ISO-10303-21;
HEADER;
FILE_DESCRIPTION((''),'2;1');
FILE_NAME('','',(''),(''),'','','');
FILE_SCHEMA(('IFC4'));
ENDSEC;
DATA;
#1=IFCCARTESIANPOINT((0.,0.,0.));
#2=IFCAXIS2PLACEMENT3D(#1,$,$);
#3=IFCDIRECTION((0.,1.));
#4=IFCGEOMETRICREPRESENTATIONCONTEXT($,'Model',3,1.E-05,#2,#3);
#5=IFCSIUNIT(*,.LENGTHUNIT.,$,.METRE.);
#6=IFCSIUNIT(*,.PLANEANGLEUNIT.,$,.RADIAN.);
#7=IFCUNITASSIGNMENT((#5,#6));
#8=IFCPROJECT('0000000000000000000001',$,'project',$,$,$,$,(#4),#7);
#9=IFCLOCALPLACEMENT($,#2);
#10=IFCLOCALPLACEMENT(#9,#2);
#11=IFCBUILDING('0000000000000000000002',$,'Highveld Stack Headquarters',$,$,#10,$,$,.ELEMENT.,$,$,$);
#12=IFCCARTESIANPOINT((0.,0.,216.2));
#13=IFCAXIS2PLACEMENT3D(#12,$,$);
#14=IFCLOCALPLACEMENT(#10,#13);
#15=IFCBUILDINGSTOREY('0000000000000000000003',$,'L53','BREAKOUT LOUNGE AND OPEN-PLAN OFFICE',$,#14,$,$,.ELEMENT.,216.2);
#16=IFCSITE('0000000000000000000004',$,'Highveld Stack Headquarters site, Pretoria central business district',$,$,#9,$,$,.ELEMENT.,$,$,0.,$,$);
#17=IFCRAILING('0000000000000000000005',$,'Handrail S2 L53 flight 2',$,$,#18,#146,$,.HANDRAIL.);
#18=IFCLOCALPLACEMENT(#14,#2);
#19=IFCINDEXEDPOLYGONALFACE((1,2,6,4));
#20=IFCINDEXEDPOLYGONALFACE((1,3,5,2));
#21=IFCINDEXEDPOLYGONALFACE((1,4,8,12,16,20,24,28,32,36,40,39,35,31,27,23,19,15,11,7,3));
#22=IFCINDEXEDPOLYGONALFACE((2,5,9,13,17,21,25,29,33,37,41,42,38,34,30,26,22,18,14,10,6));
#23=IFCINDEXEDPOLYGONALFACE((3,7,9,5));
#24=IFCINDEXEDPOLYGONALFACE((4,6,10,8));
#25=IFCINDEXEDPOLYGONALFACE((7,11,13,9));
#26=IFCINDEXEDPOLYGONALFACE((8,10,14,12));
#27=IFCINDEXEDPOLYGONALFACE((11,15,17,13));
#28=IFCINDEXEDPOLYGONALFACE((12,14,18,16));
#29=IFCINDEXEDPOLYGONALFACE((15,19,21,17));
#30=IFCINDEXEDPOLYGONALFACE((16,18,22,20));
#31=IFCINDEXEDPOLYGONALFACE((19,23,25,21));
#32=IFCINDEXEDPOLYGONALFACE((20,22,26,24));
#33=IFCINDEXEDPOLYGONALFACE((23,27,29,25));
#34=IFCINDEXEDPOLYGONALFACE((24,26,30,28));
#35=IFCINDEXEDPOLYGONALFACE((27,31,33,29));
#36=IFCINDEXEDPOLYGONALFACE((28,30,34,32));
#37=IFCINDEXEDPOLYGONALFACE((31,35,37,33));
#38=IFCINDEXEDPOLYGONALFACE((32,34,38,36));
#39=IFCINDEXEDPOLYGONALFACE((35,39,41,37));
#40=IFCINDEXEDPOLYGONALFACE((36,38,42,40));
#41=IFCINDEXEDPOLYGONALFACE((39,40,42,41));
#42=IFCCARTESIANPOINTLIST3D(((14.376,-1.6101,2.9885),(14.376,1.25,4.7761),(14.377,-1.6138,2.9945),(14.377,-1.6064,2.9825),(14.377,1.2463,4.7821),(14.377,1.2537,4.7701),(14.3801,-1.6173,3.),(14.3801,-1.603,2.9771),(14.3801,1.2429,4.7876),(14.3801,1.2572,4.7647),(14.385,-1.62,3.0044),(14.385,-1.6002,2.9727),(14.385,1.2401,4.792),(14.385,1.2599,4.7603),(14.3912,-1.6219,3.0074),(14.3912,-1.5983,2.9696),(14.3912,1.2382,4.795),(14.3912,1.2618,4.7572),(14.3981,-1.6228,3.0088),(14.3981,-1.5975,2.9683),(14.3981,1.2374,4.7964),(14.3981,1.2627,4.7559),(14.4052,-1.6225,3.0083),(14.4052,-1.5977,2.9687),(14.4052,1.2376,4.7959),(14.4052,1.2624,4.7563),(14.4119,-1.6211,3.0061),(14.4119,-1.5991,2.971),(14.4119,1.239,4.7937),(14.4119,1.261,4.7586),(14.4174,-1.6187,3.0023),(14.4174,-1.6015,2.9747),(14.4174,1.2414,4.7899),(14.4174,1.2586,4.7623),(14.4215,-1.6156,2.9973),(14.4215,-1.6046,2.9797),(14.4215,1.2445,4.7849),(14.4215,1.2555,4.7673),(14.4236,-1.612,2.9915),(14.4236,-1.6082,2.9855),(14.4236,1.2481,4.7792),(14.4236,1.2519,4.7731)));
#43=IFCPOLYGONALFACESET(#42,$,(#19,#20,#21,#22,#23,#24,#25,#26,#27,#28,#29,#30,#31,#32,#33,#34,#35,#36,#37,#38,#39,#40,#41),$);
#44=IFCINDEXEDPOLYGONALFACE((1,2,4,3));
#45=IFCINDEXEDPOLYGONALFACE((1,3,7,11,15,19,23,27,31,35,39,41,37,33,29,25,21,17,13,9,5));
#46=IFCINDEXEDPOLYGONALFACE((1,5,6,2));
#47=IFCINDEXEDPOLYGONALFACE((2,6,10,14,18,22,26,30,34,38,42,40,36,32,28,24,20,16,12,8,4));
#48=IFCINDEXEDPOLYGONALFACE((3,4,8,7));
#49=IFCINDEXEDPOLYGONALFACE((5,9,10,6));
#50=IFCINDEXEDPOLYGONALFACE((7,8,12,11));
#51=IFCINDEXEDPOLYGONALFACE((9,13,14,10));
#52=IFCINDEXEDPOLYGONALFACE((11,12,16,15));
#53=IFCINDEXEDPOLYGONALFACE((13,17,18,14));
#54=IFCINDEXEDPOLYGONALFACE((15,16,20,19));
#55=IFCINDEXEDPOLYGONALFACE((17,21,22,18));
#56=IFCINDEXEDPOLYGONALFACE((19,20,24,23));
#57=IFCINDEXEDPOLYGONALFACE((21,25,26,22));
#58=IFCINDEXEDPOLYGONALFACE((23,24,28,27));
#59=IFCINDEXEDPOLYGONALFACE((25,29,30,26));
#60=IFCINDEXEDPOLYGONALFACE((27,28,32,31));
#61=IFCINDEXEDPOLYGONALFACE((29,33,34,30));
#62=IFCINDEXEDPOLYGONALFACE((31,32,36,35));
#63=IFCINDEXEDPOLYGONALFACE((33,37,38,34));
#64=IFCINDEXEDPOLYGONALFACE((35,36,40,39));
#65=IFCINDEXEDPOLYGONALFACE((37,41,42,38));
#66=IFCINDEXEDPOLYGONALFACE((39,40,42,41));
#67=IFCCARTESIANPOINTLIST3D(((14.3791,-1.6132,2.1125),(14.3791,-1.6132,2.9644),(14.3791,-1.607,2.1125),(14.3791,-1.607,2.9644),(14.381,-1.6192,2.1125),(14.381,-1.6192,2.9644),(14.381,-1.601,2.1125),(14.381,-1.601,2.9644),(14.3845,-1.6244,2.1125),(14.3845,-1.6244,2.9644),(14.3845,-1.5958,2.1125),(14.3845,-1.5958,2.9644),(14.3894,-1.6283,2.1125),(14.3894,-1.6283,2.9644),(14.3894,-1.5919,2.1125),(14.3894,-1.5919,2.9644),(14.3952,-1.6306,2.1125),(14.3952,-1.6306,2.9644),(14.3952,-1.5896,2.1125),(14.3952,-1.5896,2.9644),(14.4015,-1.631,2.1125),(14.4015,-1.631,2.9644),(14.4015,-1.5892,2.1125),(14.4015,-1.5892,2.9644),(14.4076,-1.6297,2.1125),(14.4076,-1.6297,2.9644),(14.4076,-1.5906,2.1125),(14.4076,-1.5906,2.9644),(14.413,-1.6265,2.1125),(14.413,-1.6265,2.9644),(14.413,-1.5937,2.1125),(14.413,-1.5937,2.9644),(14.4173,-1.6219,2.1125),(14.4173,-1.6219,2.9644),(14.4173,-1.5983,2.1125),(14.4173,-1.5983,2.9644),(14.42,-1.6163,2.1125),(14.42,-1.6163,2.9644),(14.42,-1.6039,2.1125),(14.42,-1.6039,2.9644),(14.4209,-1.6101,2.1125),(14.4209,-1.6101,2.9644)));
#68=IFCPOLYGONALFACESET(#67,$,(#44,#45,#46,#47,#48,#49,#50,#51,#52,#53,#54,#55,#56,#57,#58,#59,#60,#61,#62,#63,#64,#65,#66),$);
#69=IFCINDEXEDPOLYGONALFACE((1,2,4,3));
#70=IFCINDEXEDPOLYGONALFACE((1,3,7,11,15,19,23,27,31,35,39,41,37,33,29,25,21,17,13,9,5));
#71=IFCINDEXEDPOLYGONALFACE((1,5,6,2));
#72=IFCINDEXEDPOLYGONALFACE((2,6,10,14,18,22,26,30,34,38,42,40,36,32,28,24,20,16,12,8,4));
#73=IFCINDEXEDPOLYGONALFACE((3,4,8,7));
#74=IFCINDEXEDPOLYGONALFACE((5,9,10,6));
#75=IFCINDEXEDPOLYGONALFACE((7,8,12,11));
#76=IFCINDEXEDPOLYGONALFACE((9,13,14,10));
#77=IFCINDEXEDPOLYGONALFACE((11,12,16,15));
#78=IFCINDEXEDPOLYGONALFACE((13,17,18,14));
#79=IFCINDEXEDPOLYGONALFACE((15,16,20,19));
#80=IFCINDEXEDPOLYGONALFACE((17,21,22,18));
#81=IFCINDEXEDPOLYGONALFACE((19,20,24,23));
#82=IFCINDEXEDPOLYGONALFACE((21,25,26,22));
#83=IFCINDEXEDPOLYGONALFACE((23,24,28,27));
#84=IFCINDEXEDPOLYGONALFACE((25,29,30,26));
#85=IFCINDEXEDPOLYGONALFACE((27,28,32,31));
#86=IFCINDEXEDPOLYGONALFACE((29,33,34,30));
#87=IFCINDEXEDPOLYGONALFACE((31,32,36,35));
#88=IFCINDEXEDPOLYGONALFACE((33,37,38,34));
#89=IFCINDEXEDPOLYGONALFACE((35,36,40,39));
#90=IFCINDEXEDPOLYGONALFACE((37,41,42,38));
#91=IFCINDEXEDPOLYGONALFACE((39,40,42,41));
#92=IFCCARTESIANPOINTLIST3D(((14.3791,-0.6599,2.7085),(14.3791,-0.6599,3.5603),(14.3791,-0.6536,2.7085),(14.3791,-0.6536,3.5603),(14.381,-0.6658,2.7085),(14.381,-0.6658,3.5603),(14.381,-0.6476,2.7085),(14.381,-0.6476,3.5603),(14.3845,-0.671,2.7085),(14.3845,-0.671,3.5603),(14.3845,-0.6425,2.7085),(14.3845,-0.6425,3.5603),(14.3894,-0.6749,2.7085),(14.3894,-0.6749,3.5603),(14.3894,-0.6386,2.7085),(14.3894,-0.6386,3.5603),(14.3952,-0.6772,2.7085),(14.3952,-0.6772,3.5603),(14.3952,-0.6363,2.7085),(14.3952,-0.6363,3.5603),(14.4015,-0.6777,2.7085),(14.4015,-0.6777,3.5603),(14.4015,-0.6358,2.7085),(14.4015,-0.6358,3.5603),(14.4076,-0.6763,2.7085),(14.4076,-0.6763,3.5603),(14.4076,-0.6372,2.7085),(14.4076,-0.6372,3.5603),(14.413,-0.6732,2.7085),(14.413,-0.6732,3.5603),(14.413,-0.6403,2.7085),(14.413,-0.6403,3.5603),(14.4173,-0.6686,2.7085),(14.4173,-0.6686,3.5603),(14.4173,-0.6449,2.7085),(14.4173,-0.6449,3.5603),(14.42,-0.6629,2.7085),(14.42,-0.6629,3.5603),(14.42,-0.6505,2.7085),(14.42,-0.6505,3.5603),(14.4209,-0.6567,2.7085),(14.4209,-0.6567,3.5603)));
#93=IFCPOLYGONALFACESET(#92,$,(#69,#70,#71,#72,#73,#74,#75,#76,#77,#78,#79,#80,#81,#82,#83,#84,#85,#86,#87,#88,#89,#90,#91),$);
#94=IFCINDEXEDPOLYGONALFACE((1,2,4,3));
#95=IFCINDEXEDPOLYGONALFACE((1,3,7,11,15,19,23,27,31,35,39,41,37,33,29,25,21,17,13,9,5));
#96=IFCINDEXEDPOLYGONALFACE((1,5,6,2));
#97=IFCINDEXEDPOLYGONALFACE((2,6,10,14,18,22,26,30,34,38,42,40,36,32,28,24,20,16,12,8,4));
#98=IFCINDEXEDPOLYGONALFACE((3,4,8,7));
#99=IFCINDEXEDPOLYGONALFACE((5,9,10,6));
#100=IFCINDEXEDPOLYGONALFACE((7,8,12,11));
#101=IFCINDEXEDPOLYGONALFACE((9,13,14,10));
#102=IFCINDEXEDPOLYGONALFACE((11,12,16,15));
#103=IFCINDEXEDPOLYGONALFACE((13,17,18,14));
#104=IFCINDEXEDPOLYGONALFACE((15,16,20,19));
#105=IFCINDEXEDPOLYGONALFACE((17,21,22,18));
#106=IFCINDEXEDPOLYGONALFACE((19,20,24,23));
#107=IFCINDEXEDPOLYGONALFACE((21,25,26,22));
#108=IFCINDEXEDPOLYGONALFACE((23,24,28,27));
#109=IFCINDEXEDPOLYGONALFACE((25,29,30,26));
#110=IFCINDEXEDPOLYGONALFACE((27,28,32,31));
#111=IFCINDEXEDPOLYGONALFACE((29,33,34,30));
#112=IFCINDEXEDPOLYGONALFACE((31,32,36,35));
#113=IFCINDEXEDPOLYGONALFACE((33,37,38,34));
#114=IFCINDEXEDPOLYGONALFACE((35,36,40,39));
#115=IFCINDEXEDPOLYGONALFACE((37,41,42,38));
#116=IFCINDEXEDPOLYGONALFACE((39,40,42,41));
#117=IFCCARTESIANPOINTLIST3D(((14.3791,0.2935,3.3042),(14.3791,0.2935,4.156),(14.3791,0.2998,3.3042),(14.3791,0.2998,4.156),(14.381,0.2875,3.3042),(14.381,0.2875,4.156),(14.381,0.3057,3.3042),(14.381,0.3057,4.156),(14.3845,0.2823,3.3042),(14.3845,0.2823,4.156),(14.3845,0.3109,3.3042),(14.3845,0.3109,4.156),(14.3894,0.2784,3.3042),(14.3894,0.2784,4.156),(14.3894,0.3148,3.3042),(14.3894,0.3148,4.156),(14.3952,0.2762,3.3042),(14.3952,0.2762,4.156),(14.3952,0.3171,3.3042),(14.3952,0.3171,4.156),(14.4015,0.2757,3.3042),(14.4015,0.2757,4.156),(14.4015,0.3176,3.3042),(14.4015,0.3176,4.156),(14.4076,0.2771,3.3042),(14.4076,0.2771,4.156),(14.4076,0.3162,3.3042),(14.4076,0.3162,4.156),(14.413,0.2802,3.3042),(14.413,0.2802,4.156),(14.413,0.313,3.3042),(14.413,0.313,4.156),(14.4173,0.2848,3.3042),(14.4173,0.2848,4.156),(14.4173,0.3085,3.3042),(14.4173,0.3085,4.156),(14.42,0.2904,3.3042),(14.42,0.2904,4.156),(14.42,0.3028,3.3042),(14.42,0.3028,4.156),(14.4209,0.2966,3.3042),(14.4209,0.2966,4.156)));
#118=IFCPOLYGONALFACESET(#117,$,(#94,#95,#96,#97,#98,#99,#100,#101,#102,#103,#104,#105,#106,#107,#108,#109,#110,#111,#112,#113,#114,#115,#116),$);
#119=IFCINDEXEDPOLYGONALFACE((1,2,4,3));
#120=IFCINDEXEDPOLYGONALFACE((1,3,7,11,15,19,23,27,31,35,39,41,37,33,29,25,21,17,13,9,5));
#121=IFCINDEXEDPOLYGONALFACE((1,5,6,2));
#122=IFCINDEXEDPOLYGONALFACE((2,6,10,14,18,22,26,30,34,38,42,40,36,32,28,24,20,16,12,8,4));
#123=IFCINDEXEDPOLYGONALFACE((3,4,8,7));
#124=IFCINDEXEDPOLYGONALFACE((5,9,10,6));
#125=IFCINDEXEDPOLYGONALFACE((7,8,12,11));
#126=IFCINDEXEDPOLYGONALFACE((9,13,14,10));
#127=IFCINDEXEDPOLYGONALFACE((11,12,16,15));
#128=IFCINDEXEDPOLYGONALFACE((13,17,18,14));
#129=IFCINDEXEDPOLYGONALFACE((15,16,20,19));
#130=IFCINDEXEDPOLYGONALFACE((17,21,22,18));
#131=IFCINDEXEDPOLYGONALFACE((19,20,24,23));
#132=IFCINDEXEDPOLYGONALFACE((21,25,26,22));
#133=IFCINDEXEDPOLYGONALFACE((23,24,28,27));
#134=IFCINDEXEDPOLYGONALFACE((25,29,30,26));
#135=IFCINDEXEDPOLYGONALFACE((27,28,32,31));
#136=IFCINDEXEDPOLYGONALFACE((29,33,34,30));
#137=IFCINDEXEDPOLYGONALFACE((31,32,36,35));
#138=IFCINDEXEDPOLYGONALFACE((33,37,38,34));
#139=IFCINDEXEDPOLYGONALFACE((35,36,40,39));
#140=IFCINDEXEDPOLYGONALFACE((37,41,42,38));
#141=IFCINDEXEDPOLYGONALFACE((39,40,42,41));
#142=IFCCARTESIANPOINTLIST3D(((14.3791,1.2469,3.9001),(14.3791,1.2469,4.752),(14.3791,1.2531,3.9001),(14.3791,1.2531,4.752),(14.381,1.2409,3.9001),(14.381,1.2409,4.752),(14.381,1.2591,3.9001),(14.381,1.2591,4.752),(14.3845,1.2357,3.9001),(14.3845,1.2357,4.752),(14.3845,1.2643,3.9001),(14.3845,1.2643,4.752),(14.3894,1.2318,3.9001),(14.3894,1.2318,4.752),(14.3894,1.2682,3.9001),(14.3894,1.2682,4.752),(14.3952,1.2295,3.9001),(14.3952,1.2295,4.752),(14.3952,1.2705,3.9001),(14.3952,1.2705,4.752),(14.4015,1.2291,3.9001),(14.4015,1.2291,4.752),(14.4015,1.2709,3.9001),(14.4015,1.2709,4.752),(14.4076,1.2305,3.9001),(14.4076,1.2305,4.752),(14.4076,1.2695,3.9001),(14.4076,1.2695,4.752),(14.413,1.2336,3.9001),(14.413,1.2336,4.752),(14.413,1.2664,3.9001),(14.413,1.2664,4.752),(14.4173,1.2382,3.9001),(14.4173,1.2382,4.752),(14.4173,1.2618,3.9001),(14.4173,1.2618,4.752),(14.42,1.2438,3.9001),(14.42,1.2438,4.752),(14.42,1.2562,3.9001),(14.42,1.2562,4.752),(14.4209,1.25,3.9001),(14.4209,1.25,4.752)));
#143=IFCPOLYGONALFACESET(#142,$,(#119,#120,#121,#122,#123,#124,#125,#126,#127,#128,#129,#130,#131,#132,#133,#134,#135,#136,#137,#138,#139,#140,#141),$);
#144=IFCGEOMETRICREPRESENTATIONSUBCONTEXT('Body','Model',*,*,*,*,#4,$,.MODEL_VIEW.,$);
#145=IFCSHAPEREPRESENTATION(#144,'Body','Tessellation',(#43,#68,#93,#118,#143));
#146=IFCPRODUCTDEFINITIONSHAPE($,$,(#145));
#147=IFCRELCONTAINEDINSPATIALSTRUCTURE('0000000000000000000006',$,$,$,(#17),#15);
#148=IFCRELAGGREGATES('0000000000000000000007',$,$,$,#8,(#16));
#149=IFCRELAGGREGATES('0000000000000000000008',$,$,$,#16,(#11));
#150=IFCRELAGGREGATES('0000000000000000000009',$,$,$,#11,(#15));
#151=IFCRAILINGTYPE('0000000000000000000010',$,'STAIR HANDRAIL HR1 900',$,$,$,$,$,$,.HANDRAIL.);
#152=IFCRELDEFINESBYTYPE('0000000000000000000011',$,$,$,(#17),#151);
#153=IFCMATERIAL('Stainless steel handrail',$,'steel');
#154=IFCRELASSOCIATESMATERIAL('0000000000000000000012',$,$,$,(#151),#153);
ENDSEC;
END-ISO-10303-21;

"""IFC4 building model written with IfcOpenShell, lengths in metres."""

from ifc_helpers import new_model, si_unit, direction, frame, origin, origin_2d, place, context, subcontext, project, spatial, circle, extrude, material, type_object, element, save


model = new_model("IFC4")

# Units and contexts
model_context = context("Model", 3, precision=1e-05, world=origin(), true_north=direction((0.0, 1.0)))
body_context = subcontext(model_context, "Body", "Model", "MODEL_VIEW")
ifc_project = project(units=[si_unit("LENGTHUNIT", "METRE"), si_unit("PLANEANGLEUNIT", "RADIAN")], contexts=[model_context])

# Site, building, storey
site_placement = place(None, origin())
site = spatial("IfcSite", under=ifc_project, at=site_placement, Name="Highveld Stack Headquarters site, Pretoria central business district", CompositionType="ELEMENT", RefElevation=0.0)
building_placement = place(site_placement, origin())
building = spatial("IfcBuilding", under=site, at=building_placement, Name="Highveld Stack Headquarters", CompositionType="ELEMENT")
storey_placement = place(building_placement, frame((0.0, 0.0, 216.2)))
storey = spatial("IfcBuildingStorey", under=building, at=storey_placement, Name="L53", Description="BREAKOUT LOUNGE AND OPEN-PLAN OFFICE", CompositionType="ELEMENT", Elevation=216.2)

# Railing
ifc_material_1 = material(Name="Stainless steel handrail", Category="steel")
railing_type = type_object("IfcRailingType", Name="STAIR HANDRAIL HR1 900", PredefinedType="HANDRAIL", material=ifc_material_1)
for number, where, name in (
    (1, (14.3999, -1.6101, 2.1125), "Handrail S2 L53 flight 2"),
):
    element("IfcRailing", number, at=place(storey_placement, frame(where)), inside=storey, type_object=railing_type, Name=name, PredefinedType="HANDRAIL", context=body_context, shape_type="SweptSolid", body=[
        extrude(circle(Radius=0.0239, at=origin_2d()), frame((0.0, 0.0, 0.876), z_axis=(0.0, 0.847994, 0.530005), x_axis=(-1.0, 0.0, 0.0)), (0.0, 0.0, 1.0), 3.3728),
        extrude(circle(Radius=0.021, at=origin_2d()), origin(), (0.0, 0.0, 1.0), 0.8518),
        extrude(circle(Radius=0.021, at=origin_2d()), frame((0.0, 0.9534, 0.5959)), (0.0, 0.0, 1.0), 0.8518),
        extrude(circle(Radius=0.021, at=origin_2d()), frame((0.0, 1.9067, 1.1917)), (0.0, 0.0, 1.0), 0.8518),
        extrude(circle(Radius=0.021, at=origin_2d()), frame((0.0, 2.8601, 1.7876)), (0.0, 0.0, 1.0), 0.8518),
    ])

save(model, "model.ifc")
